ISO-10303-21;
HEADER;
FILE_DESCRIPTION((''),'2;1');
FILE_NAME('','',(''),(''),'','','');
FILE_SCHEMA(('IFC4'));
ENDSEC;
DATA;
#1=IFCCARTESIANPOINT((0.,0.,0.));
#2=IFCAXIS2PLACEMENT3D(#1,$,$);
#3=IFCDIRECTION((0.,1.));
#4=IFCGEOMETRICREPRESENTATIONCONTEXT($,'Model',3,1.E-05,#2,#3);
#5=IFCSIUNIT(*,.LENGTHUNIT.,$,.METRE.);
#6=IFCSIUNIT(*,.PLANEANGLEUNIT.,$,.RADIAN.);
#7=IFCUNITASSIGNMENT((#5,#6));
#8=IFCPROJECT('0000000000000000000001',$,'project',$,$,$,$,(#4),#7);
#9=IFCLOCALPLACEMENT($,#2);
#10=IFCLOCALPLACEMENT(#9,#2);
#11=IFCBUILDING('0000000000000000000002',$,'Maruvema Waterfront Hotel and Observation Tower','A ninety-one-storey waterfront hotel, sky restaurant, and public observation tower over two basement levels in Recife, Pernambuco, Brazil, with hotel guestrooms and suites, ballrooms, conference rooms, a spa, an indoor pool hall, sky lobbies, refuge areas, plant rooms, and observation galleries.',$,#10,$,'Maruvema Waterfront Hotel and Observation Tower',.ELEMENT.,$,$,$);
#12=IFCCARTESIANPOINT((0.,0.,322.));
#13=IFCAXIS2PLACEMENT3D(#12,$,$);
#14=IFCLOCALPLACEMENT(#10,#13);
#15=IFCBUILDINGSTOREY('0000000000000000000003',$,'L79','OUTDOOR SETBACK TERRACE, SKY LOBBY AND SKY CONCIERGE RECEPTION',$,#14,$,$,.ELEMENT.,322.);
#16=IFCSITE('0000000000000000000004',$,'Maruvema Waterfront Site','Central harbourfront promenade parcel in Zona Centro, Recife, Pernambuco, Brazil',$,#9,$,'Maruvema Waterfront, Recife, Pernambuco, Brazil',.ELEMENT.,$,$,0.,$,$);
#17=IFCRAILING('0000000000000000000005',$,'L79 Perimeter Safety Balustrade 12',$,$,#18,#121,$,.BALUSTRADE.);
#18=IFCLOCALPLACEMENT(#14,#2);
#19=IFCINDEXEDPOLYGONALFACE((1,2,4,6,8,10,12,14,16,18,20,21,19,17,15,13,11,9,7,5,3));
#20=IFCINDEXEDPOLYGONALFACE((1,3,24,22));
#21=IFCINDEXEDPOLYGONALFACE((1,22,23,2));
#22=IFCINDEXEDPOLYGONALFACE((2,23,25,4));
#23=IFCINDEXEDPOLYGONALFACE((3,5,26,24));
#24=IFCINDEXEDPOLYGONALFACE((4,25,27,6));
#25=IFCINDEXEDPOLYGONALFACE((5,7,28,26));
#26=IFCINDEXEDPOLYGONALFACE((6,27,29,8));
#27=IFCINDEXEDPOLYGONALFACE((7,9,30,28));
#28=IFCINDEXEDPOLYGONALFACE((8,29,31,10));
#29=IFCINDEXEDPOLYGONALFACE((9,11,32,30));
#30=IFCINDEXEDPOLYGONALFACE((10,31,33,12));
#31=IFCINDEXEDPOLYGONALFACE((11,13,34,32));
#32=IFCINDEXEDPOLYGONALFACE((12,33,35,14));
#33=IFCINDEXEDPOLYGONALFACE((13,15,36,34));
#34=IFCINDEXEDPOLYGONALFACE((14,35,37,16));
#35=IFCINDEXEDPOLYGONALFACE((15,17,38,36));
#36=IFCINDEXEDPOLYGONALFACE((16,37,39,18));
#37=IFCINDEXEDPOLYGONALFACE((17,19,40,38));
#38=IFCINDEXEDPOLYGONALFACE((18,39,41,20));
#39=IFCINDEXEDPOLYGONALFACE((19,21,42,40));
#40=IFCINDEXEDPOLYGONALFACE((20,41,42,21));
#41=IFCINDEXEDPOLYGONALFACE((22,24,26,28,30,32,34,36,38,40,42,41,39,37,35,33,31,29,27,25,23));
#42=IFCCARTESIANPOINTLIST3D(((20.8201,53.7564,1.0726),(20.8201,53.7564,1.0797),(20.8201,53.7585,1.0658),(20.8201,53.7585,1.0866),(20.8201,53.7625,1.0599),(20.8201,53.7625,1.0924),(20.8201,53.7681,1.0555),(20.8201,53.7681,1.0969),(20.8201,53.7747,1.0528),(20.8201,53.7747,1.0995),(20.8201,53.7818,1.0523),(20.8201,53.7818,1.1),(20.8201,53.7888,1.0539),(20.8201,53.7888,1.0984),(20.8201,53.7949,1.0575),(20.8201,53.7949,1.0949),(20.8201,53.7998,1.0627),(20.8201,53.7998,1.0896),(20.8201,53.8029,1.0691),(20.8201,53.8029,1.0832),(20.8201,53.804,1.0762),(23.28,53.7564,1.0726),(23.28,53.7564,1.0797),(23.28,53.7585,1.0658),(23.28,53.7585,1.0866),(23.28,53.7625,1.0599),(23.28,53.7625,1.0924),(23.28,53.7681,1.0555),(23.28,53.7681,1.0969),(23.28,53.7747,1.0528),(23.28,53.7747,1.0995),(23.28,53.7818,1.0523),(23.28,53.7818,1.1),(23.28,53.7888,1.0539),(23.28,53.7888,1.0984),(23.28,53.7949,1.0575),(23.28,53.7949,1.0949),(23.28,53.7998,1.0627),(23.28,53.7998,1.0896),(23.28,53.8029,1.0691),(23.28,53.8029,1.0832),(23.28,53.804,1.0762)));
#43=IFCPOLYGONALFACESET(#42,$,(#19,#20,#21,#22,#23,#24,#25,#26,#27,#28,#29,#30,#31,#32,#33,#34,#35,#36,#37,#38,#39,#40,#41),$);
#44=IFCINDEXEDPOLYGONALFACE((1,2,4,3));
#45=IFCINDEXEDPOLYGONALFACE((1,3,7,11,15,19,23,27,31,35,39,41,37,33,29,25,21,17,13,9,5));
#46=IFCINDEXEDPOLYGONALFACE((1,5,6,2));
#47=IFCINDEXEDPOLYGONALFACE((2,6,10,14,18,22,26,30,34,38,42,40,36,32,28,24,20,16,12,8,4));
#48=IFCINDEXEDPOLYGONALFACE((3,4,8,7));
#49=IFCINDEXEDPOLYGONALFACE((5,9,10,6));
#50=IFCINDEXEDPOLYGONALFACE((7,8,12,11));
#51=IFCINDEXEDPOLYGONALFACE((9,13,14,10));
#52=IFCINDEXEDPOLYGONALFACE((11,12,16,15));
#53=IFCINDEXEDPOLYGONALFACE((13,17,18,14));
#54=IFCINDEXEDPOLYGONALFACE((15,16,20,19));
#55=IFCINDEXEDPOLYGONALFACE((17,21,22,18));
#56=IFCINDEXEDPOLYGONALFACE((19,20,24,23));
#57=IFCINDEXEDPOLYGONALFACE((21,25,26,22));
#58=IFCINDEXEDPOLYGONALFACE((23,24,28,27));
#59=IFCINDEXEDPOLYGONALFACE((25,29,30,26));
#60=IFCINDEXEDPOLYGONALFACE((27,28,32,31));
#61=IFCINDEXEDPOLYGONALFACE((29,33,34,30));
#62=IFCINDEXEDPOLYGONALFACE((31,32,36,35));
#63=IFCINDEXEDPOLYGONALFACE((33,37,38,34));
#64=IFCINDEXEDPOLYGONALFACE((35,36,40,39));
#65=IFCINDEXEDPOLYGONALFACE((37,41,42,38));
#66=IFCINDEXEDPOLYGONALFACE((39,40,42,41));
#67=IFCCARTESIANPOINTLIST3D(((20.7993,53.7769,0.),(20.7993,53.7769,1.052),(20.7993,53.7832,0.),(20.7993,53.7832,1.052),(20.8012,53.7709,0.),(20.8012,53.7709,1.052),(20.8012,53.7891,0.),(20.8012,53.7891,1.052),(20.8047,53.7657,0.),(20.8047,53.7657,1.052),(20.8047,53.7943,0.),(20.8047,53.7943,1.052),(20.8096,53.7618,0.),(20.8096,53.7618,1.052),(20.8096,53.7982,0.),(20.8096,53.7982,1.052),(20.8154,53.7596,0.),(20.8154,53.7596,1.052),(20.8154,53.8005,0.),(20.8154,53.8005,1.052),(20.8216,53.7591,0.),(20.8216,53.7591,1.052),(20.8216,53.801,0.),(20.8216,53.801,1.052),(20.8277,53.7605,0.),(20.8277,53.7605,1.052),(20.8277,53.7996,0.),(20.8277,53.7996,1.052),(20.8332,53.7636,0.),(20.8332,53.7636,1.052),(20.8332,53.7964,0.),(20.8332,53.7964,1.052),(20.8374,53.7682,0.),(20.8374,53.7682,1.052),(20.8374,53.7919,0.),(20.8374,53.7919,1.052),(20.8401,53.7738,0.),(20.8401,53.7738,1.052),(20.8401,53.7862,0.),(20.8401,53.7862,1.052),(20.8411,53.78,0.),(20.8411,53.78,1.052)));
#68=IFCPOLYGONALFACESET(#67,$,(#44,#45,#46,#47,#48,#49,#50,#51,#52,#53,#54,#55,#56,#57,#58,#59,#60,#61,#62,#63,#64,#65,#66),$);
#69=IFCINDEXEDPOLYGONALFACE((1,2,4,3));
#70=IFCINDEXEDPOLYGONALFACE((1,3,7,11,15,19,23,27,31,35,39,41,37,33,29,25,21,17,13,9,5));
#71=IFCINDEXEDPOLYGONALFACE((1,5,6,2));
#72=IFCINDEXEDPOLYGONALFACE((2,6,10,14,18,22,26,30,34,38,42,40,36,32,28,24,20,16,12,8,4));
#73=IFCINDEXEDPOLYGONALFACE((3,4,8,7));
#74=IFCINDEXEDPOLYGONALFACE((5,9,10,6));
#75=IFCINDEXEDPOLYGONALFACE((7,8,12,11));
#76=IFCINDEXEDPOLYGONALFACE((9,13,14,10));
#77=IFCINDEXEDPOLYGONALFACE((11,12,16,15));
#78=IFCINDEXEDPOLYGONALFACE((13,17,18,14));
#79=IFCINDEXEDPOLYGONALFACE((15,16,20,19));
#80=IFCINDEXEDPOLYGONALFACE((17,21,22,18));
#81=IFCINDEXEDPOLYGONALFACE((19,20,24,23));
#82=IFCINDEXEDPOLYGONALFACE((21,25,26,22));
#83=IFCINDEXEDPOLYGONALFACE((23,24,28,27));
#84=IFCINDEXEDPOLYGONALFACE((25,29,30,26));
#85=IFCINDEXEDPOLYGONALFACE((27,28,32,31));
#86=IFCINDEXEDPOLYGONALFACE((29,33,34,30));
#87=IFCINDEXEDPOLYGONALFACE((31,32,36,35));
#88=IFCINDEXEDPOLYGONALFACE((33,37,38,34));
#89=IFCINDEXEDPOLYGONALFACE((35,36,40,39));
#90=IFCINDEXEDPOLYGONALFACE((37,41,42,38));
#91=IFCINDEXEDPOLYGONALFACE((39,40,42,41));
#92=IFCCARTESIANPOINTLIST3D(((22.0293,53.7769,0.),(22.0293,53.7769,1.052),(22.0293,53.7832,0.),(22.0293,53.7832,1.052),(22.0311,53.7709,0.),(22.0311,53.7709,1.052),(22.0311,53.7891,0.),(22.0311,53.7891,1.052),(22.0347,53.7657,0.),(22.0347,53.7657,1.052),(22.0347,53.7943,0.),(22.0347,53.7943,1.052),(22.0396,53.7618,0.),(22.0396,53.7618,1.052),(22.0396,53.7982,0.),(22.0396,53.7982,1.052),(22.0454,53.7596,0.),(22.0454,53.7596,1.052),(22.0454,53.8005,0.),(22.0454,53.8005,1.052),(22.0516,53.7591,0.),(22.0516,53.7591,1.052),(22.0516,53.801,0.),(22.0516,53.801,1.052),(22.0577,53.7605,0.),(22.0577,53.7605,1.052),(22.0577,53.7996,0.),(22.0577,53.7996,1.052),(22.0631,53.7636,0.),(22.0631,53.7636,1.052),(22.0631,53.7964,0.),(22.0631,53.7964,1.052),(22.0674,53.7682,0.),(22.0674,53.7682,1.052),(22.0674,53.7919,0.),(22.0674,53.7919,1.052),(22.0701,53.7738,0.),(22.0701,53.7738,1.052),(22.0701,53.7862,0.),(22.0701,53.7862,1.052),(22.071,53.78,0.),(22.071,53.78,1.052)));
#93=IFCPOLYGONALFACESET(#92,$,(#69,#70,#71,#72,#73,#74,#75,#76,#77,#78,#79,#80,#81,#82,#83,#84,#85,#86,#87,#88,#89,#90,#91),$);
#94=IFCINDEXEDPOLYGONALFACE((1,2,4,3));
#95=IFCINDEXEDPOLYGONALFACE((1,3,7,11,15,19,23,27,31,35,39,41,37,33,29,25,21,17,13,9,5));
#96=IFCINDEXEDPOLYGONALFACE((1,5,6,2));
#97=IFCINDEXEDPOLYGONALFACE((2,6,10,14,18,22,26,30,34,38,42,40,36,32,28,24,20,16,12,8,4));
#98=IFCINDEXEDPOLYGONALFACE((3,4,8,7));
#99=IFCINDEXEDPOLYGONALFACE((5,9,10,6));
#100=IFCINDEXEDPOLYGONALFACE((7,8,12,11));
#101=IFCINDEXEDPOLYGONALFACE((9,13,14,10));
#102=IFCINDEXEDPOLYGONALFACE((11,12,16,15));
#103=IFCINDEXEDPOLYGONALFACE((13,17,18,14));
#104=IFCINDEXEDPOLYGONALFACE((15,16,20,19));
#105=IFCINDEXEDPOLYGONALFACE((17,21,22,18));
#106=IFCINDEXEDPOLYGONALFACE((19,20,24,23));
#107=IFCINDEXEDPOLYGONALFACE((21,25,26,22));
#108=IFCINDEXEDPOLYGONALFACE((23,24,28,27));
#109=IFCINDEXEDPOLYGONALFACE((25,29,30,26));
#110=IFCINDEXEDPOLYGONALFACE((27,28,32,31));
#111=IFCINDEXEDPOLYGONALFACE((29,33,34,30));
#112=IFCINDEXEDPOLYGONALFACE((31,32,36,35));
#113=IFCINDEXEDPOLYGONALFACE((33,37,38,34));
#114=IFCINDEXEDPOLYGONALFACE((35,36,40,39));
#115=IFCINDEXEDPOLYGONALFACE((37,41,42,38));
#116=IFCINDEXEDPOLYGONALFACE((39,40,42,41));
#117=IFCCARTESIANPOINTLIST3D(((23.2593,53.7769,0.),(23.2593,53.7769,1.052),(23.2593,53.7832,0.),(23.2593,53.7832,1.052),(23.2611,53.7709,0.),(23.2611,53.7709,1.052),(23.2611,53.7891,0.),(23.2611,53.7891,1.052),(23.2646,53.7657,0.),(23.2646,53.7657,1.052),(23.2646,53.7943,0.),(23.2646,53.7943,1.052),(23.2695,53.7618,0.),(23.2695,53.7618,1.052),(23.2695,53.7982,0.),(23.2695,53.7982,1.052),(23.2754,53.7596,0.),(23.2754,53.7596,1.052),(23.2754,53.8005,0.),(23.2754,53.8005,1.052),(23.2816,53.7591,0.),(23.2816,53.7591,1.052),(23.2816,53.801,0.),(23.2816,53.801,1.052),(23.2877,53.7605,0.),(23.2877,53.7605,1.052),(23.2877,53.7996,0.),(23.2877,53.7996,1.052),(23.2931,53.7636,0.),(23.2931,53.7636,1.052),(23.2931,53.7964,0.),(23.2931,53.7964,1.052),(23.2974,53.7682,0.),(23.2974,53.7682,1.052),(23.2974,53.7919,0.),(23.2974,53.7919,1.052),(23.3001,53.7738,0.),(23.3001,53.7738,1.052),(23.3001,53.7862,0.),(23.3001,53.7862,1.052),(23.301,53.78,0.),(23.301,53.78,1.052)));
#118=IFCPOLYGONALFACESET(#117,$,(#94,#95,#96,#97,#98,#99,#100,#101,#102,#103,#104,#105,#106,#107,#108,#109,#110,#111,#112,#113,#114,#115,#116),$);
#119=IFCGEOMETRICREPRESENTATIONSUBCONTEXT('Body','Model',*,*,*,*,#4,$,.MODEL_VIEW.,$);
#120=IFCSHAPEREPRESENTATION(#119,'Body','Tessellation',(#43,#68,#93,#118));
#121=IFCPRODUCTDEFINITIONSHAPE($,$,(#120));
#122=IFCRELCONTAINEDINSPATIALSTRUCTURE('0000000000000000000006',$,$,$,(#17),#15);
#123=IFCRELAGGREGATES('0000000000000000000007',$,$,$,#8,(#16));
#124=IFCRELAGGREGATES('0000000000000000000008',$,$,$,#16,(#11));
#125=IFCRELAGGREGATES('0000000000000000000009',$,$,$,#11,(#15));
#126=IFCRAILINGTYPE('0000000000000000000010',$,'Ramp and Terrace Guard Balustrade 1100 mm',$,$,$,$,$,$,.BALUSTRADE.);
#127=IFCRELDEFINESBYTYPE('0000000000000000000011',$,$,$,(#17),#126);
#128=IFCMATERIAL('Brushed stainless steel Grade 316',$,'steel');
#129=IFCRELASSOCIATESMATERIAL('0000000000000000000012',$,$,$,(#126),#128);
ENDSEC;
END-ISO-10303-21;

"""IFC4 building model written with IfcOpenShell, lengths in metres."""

from ifc_helpers import new_model, si_unit, direction, frame, origin, origin_2d, place, context, subcontext, project, spatial, circle, extrude, material, type_object, element, save


model = new_model("IFC4")

# Units and contexts
model_context = context("Model", 3, precision=1e-05, world=origin(), true_north=direction((0.0, 1.0)))
body_context = subcontext(model_context, "Body", "Model", "MODEL_VIEW")
ifc_project = project(units=[si_unit("LENGTHUNIT", "METRE"), si_unit("PLANEANGLEUNIT", "RADIAN")], contexts=[model_context])

# Site, building, storey
site_placement = place(None, origin())
site = spatial("IfcSite", under=ifc_project, at=site_placement, Name="Maruvema Waterfront Site", Description="Central harbourfront promenade parcel in Zona Centro, Recife, Pernambuco, Brazil", LongName="Maruvema Waterfront, Recife, Pernambuco, Brazil", CompositionType="ELEMENT", RefElevation=0.0)
building_placement = place(site_placement, origin())
building = spatial("IfcBuilding", under=site, at=building_placement, Name="Maruvema Waterfront Hotel and Observation Tower", Description="A ninety-one-storey waterfront hotel, sky restaurant, and public observation tower over two basement levels in Recife, Pernambuco, Brazil, with hotel guestrooms and suites, ballrooms, conference rooms, a spa, an indoor pool hall, sky lobbies, refuge areas, plant rooms, and observation galleries.", LongName="Maruvema Waterfront Hotel and Observation Tower", CompositionType="ELEMENT")
storey_placement = place(building_placement, frame((0.0, 0.0, 322.0)))
storey = spatial("IfcBuildingStorey", under=building, at=storey_placement, Name="L79", Description="OUTDOOR SETBACK TERRACE, SKY LOBBY AND SKY CONCIERGE RECEPTION", CompositionType="ELEMENT", Elevation=322.0)

# Railing
ifc_material_1 = material(Name="Brushed stainless steel Grade 316", Category="steel")
railing_type = type_object("IfcRailingType", Name="Ramp and Terrace Guard Balustrade 1100 mm", PredefinedType="BALUSTRADE", material=ifc_material_1)
railing_1_placement = place(storey_placement, frame((20.8201, 53.78, 0.0)))
element("IfcRailing", 1, at=railing_1_placement, inside=storey, type_object=railing_type, Name="L79 Perimeter Safety Balustrade 12", PredefinedType="BALUSTRADE", context=body_context, shape_type="SweptSolid", body=[
    extrude(circle(Radius=0.0239, at=origin_2d()), frame((0.0, 0.0, 1.0762), z_axis=(1.0, 0.0, 0.0), x_axis=(0.0, 1.0, 0.0)), (0.0, 0.0, 1.0), 2.46),
    extrude(circle(Radius=0.021, at=origin_2d()), origin(), (0.0, 0.0, 1.0), 1.052),
    extrude(circle(Radius=0.021, at=origin_2d()), frame((1.23, 0.0, 0.0)), (0.0, 0.0, 1.0), 1.052),
    extrude(circle(Radius=0.021, at=origin_2d()), frame((2.46, 0.0, 0.0)), (0.0, 0.0, 1.0), 1.052),
])

save(model, "model.ifc")
